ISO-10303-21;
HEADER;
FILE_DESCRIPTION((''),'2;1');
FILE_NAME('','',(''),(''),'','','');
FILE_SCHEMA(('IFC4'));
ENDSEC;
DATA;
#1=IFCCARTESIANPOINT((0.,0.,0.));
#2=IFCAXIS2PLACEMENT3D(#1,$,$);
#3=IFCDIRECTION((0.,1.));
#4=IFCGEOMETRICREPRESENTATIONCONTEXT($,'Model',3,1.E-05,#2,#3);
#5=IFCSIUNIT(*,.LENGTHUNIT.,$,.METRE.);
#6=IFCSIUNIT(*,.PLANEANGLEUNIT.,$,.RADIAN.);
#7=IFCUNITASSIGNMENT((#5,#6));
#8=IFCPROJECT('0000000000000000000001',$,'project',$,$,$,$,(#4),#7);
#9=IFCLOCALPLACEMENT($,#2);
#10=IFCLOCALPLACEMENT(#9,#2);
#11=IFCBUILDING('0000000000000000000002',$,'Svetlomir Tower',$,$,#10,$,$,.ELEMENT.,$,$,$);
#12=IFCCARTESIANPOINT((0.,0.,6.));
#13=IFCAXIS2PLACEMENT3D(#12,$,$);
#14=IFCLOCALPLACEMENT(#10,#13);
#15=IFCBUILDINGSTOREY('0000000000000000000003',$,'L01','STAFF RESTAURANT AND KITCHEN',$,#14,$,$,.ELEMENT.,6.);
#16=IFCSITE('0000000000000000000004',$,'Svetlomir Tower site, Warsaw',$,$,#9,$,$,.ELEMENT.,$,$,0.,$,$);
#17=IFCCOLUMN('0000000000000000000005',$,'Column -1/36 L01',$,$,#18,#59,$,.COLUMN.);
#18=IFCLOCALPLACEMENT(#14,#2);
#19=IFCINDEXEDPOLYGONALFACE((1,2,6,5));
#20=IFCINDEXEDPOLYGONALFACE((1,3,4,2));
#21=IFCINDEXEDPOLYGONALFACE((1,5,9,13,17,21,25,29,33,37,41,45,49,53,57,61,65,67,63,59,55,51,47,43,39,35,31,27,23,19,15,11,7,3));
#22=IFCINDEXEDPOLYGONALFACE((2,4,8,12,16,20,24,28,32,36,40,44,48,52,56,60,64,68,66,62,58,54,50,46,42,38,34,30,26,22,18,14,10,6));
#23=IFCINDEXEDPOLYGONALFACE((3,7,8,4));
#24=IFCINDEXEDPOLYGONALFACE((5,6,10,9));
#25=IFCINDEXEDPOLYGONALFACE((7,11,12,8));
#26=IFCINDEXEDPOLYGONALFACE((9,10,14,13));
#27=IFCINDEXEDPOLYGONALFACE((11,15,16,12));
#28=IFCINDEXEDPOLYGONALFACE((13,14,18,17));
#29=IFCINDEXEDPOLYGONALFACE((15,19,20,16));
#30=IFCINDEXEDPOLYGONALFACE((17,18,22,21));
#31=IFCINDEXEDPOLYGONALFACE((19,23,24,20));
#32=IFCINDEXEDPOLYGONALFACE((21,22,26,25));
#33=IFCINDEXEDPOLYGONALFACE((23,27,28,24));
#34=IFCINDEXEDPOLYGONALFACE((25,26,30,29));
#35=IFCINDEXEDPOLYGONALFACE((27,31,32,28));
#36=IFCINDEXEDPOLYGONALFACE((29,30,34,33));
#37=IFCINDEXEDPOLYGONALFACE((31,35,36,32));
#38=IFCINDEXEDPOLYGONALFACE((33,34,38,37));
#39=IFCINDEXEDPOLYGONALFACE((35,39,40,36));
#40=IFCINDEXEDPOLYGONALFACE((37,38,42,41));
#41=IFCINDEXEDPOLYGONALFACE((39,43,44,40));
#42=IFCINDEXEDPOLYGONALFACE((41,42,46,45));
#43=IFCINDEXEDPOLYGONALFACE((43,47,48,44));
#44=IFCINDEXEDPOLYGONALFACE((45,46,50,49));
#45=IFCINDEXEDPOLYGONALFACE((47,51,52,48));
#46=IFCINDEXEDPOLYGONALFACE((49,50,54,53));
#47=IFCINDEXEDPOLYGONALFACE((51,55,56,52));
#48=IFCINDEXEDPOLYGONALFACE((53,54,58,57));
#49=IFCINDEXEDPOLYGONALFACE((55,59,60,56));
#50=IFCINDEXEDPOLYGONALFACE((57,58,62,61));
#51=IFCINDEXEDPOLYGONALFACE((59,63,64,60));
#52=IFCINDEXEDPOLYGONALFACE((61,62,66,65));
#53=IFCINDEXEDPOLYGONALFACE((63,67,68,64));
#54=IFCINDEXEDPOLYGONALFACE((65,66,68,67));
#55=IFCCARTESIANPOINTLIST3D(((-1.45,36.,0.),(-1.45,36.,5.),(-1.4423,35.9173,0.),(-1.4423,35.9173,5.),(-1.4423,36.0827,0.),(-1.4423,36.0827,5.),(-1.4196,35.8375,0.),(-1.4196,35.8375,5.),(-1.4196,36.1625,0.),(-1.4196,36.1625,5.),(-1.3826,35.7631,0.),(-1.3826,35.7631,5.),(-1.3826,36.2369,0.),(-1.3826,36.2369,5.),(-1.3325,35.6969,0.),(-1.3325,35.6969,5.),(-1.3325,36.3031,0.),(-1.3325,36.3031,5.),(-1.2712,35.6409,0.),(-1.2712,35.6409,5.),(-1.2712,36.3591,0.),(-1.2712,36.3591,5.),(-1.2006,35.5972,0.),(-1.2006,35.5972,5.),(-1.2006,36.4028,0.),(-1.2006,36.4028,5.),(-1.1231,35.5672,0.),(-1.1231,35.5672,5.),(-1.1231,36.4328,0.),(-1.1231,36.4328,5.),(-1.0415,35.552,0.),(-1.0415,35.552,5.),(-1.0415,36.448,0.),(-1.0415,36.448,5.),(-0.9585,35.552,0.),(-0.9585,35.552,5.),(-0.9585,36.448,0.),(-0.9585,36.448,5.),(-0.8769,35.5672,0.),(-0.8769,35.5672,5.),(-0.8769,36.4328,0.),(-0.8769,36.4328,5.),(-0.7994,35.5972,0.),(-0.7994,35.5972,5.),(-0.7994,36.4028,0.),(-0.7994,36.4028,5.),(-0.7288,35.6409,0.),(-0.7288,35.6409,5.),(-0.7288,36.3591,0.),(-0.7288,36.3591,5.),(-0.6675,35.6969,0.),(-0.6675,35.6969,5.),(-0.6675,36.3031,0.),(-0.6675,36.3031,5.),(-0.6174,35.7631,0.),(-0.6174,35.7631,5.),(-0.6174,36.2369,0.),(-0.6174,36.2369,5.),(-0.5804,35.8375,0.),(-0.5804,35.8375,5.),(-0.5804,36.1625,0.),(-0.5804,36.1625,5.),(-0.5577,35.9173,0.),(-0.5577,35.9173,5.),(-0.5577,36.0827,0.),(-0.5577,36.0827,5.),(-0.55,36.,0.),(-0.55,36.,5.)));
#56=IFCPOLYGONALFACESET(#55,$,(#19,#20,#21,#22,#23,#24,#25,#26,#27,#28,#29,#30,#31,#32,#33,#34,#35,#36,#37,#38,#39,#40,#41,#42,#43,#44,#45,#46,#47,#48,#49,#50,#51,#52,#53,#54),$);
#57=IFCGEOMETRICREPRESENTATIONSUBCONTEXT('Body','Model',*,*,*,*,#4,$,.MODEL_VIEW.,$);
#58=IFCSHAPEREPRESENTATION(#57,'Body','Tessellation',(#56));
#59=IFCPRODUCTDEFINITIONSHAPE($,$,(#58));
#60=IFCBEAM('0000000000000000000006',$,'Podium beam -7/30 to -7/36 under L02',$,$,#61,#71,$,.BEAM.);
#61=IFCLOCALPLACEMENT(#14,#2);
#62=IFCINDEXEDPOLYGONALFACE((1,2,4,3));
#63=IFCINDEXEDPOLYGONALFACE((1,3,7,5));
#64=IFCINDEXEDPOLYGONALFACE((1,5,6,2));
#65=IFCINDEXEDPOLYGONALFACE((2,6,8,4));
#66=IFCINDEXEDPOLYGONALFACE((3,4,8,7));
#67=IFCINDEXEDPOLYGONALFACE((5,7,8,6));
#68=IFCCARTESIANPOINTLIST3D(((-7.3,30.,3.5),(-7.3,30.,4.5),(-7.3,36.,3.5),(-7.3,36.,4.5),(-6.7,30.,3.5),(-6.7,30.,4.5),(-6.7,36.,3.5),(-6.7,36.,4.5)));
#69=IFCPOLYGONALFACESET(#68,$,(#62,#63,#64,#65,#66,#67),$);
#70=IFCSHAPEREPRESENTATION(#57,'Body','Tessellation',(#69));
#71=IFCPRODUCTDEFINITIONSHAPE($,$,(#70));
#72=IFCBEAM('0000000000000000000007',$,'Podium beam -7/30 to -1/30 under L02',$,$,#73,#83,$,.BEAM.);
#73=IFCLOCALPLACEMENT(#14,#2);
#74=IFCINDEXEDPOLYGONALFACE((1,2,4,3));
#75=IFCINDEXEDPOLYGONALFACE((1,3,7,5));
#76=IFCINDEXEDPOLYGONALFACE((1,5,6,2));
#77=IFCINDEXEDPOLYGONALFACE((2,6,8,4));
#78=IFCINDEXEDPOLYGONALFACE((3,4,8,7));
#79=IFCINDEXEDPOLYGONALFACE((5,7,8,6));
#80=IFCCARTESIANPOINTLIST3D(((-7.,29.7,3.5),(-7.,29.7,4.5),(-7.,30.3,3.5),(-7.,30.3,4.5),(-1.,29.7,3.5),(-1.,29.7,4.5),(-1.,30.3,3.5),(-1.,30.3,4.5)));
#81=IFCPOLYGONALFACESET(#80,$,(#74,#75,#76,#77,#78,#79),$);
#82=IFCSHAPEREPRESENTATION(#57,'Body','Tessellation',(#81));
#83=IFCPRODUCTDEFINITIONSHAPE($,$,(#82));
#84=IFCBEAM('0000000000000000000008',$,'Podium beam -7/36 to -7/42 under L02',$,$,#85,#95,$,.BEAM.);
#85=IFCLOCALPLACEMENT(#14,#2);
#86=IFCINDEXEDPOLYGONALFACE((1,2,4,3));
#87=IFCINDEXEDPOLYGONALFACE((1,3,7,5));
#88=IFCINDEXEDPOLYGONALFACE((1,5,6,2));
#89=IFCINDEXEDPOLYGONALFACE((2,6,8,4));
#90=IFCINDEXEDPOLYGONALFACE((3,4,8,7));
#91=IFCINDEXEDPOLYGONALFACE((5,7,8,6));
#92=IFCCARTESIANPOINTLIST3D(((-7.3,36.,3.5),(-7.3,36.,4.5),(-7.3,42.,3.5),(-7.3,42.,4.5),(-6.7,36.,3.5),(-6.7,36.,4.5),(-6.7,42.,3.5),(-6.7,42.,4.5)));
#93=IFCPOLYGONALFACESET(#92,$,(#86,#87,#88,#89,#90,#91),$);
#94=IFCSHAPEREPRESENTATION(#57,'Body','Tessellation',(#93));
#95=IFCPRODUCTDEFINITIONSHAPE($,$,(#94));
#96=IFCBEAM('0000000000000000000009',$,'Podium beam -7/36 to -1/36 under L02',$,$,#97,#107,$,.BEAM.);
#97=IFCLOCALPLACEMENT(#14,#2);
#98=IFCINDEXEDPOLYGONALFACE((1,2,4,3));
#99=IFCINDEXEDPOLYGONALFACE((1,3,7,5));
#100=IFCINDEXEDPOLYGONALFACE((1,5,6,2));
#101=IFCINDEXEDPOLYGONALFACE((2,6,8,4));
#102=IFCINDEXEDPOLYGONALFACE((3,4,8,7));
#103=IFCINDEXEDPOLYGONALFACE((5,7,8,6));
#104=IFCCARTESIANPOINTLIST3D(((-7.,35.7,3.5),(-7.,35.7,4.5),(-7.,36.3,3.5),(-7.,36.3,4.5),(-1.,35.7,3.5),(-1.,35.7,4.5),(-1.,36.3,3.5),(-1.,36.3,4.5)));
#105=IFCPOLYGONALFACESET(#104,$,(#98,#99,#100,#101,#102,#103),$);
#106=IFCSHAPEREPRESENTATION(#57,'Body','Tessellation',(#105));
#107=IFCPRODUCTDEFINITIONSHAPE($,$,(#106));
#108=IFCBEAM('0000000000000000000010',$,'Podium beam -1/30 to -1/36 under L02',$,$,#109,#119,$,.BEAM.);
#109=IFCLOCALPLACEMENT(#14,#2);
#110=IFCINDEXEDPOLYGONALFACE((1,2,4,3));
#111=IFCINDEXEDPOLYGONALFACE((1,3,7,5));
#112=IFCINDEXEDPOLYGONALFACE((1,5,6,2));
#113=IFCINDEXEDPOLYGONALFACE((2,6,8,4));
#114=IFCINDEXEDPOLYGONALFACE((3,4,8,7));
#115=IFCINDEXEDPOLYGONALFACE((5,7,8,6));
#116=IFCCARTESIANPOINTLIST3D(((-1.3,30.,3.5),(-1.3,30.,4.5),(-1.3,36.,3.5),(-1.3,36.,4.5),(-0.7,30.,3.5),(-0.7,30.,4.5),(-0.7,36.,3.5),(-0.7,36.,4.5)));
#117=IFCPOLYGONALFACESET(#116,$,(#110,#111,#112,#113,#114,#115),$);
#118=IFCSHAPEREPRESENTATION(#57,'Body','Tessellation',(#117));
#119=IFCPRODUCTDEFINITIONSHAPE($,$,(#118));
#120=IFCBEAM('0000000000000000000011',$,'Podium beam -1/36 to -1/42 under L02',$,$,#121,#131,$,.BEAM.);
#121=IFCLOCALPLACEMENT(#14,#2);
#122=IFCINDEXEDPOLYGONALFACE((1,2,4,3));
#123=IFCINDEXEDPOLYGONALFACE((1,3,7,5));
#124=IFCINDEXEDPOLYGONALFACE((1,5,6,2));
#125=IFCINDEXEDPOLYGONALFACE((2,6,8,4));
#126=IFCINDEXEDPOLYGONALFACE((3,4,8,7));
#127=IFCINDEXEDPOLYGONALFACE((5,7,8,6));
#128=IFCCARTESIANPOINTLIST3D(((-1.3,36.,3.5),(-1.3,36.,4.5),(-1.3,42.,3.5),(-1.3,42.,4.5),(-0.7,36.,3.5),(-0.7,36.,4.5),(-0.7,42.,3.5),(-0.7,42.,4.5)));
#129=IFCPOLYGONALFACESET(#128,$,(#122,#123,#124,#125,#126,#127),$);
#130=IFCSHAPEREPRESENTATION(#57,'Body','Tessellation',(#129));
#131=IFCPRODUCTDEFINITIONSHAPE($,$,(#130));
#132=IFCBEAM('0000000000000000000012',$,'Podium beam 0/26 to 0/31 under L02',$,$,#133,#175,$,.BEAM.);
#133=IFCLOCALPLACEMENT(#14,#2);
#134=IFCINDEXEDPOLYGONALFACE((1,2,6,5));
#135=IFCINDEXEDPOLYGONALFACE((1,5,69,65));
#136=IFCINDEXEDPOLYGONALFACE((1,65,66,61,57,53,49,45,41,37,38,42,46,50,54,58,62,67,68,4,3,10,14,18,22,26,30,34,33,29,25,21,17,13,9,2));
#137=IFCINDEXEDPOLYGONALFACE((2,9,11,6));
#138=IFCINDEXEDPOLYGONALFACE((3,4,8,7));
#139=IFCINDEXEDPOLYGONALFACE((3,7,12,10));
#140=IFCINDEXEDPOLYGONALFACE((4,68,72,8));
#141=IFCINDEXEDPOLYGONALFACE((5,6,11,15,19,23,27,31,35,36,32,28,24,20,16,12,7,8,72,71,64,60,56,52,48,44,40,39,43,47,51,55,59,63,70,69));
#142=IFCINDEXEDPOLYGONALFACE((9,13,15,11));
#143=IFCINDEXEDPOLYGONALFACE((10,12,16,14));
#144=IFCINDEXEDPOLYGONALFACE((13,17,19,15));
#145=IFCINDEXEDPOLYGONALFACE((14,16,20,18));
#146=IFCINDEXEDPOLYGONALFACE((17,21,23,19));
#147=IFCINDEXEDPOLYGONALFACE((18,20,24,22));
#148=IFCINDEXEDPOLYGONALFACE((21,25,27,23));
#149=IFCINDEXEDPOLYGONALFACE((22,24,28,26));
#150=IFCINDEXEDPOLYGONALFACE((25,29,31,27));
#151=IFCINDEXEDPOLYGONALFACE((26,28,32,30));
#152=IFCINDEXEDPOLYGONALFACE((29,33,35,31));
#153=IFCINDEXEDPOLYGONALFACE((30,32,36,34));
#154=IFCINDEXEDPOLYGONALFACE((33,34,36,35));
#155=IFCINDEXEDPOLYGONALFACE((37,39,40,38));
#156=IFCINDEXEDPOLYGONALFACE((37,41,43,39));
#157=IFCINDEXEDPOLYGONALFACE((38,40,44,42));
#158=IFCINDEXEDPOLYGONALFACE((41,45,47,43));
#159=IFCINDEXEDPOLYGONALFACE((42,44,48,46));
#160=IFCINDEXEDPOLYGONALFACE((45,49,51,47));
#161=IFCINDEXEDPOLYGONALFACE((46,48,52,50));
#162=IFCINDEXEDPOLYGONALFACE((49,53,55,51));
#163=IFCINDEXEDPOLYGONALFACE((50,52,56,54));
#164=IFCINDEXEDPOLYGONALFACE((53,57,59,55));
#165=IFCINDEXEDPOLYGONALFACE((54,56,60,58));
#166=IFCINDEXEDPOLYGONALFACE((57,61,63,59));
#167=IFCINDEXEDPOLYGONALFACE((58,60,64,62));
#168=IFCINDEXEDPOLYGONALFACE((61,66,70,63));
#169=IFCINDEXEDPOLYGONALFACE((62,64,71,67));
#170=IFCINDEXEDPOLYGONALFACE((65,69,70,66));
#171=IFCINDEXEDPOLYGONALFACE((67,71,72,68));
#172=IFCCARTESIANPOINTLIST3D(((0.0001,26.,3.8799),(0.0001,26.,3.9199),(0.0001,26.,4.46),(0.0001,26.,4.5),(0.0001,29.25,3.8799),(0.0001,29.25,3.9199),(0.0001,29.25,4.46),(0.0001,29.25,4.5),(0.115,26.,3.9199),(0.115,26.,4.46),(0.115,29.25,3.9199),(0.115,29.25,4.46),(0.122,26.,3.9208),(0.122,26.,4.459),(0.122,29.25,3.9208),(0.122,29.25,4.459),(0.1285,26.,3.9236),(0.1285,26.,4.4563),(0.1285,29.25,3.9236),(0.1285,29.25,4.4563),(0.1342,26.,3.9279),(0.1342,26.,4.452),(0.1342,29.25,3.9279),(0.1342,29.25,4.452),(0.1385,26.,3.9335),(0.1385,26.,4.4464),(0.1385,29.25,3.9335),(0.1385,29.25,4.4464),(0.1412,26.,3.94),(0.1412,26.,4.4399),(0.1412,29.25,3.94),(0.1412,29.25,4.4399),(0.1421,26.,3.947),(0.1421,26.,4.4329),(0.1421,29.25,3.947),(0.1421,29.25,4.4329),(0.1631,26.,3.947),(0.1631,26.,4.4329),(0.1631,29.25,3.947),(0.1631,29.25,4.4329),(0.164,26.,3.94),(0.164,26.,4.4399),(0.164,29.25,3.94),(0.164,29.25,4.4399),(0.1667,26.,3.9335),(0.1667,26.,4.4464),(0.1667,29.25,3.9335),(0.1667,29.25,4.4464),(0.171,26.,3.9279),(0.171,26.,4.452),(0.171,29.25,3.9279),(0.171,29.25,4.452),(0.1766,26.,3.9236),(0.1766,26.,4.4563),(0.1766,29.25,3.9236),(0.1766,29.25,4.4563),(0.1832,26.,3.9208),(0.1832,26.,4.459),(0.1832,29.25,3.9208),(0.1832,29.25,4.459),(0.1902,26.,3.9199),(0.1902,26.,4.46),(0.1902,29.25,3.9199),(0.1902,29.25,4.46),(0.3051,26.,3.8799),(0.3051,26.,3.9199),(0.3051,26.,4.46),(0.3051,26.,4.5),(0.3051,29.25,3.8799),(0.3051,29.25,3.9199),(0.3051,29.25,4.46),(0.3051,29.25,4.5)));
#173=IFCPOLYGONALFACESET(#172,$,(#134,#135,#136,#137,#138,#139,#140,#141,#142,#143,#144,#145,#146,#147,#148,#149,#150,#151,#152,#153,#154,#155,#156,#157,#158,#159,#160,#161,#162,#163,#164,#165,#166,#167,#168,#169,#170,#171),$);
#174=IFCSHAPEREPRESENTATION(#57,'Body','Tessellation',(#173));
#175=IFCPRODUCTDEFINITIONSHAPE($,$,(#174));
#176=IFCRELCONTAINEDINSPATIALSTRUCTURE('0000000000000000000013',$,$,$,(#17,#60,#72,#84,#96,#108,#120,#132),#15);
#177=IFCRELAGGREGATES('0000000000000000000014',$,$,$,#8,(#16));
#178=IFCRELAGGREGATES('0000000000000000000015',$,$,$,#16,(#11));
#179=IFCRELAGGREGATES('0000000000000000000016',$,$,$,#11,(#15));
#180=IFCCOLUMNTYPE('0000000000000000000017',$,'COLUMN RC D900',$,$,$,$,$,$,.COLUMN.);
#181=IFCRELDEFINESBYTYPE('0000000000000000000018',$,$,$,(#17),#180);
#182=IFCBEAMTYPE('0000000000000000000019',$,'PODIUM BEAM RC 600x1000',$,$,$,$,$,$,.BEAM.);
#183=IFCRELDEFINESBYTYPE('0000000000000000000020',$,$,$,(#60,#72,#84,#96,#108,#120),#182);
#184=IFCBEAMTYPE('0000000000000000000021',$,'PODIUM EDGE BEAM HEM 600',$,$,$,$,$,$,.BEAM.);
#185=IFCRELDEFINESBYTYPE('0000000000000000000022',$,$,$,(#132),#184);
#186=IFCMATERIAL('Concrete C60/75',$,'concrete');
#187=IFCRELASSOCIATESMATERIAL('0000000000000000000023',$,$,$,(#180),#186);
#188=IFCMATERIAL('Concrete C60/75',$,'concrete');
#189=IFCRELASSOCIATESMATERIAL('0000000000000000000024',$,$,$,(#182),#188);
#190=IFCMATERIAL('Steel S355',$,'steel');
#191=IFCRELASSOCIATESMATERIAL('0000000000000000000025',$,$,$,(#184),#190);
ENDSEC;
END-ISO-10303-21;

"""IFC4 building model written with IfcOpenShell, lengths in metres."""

from ifc_helpers import new_model, si_unit, direction, frame, origin, origin_2d, place, context, subcontext, project, spatial, rectangle, circle, i_section, extrude, material, material_profile, profile_set, type_object, element, save


model = new_model("IFC4")

# Units and contexts
model_context = context("Model", 3, precision=1e-05, world=origin(), true_north=direction((0.0, 1.0)))
body_context = subcontext(model_context, "Body", "Model", "MODEL_VIEW")
ifc_project = project(units=[si_unit("LENGTHUNIT", "METRE"), si_unit("PLANEANGLEUNIT", "RADIAN")], contexts=[model_context])

# Site, building, storey
site_placement = place(None, origin())
site = spatial("IfcSite", under=ifc_project, at=site_placement, Name="Svetlomir Tower site, Warsaw", CompositionType="ELEMENT", RefElevation=0.0)
building_placement = place(site_placement, origin())
building = spatial("IfcBuilding", under=site, at=building_placement, Name="Svetlomir Tower", CompositionType="ELEMENT")
storey_placement = place(building_placement, frame((0.0, 0.0, 6.0)))
storey = spatial("IfcBuildingStorey", under=building, at=storey_placement, Name="L01", Description="STAFF RESTAURANT AND KITCHEN", CompositionType="ELEMENT", Elevation=6.0)

# Column
ifc_material_1 = material(Name="Concrete C60/75", Category="concrete")
ifc_material_profile_1 = material_profile(ifc_material_1, circle(Radius=0.45, at=origin_2d()), Name="RC D900")
ifc_profile_set_1 = profile_set([ifc_material_profile_1], Name="Concrete C60/75")
column_type_1 = type_object("IfcColumnType", Name="COLUMN RC D900", PredefinedType="COLUMN", material=ifc_profile_set_1)
for number, where, z_axis, x_axis, name in (
    (1, (-1.0, 36.0, 0.0), (0.0, 0.0, 1.0), (1.0, 0.0, 0.0), "Column -1/36 L01"),
):
    element("IfcColumn", number, at=place(storey_placement, frame(where, z_axis=z_axis, x_axis=x_axis)), inside=storey, type_object=column_type_1, Name=name, PredefinedType="COLUMN", context=body_context, shape_type="SweptSolid", body=[
        extrude(circle(Radius=0.45, at=origin_2d()), origin(), (0.0, 0.0, 1.0), 5.0),
    ])

# Beams
ifc_material_2 = material(Name="Concrete C60/75", Category="concrete")
ifc_material_profile_2 = material_profile(ifc_material_2, rectangle(XDim=0.6001, YDim=1.0, at=origin_2d()), Name="RC 600x1000")
ifc_profile_set_2 = profile_set([ifc_material_profile_2], Name="Concrete C60/75")
beam_type_1 = type_object("IfcBeamType", Name="PODIUM BEAM RC 600x1000", PredefinedType="BEAM", material=ifc_profile_set_2)
for number, where, z_axis, x_axis, name in (
    (2, (-7.0, 30.0, 4.0), (0.0, 1.0, 0.0), (-1.0, 0.0, 0.0), "Podium beam -7/30 to -7/36 under L02"),
    (3, (-7.0, 30.0, 4.0), (1.0, 0.0, 0.0), (0.0, 1.0, 0.0), "Podium beam -7/30 to -1/30 under L02"),
    (4, (-7.0, 36.0, 4.0), (0.0, 1.0, 0.0), (-1.0, 0.0, 0.0), "Podium beam -7/36 to -7/42 under L02"),
    (5, (-7.0, 36.0, 4.0), (1.0, 0.0, 0.0), (0.0, 1.0, 0.0), "Podium beam -7/36 to -1/36 under L02"),
    (6, (-1.0, 30.0, 4.0), (0.0, 1.0, 0.0), (-1.0, 0.0, 0.0), "Podium beam -1/30 to -1/36 under L02"),
    (7, (-1.0, 36.0, 4.0), (0.0, 1.0, 0.0), (-1.0, 0.0, 0.0), "Podium beam -1/36 to -1/42 under L02"),
):
    element("IfcBeam", number, at=place(storey_placement, frame(where, z_axis=z_axis, x_axis=x_axis)), inside=storey, type_object=beam_type_1, Name=name, PredefinedType="BEAM", context=body_context, shape_type="SweptSolid", body=[
        extrude(rectangle(XDim=0.6001, YDim=1.0, at=origin_2d()), origin(), (0.0, 0.0, 1.0), 6.0),
    ])
ifc_material_3 = material(Name="Steel S355", Category="steel")
ifc_material_profile_3 = material_profile(ifc_material_3, i_section(OverallWidth=0.3049, OverallDepth=0.6201, WebThickness=0.021, FlangeThickness=0.04, FilletRadius=0.0271, at=origin_2d()), Name="HEM 600")
ifc_profile_set_3 = profile_set([ifc_material_profile_3], Name="Steel S355")
beam_type_2 = type_object("IfcBeamType", Name="PODIUM EDGE BEAM HEM 600", PredefinedType="BEAM", material=ifc_profile_set_3)
beam_1_placement = place(storey_placement, frame((0.1526, 26.0, 4.1899), z_axis=(0.0, 1.0, 0.0), x_axis=(-1.0, 0.0, 0.0)))
element("IfcBeam", 8, at=beam_1_placement, inside=storey, type_object=beam_type_2, Name="Podium beam 0/26 to 0/31 under L02", PredefinedType="BEAM", context=body_context, shape_type="SweptSolid", body=[
    extrude(i_section(OverallWidth=0.3049, OverallDepth=0.6201, WebThickness=0.021, FlangeThickness=0.04, FilletRadius=0.0271, at=origin_2d()), origin(), (0.0, 0.0, 1.0), 3.25),
])

save(model, "model.ifc")
